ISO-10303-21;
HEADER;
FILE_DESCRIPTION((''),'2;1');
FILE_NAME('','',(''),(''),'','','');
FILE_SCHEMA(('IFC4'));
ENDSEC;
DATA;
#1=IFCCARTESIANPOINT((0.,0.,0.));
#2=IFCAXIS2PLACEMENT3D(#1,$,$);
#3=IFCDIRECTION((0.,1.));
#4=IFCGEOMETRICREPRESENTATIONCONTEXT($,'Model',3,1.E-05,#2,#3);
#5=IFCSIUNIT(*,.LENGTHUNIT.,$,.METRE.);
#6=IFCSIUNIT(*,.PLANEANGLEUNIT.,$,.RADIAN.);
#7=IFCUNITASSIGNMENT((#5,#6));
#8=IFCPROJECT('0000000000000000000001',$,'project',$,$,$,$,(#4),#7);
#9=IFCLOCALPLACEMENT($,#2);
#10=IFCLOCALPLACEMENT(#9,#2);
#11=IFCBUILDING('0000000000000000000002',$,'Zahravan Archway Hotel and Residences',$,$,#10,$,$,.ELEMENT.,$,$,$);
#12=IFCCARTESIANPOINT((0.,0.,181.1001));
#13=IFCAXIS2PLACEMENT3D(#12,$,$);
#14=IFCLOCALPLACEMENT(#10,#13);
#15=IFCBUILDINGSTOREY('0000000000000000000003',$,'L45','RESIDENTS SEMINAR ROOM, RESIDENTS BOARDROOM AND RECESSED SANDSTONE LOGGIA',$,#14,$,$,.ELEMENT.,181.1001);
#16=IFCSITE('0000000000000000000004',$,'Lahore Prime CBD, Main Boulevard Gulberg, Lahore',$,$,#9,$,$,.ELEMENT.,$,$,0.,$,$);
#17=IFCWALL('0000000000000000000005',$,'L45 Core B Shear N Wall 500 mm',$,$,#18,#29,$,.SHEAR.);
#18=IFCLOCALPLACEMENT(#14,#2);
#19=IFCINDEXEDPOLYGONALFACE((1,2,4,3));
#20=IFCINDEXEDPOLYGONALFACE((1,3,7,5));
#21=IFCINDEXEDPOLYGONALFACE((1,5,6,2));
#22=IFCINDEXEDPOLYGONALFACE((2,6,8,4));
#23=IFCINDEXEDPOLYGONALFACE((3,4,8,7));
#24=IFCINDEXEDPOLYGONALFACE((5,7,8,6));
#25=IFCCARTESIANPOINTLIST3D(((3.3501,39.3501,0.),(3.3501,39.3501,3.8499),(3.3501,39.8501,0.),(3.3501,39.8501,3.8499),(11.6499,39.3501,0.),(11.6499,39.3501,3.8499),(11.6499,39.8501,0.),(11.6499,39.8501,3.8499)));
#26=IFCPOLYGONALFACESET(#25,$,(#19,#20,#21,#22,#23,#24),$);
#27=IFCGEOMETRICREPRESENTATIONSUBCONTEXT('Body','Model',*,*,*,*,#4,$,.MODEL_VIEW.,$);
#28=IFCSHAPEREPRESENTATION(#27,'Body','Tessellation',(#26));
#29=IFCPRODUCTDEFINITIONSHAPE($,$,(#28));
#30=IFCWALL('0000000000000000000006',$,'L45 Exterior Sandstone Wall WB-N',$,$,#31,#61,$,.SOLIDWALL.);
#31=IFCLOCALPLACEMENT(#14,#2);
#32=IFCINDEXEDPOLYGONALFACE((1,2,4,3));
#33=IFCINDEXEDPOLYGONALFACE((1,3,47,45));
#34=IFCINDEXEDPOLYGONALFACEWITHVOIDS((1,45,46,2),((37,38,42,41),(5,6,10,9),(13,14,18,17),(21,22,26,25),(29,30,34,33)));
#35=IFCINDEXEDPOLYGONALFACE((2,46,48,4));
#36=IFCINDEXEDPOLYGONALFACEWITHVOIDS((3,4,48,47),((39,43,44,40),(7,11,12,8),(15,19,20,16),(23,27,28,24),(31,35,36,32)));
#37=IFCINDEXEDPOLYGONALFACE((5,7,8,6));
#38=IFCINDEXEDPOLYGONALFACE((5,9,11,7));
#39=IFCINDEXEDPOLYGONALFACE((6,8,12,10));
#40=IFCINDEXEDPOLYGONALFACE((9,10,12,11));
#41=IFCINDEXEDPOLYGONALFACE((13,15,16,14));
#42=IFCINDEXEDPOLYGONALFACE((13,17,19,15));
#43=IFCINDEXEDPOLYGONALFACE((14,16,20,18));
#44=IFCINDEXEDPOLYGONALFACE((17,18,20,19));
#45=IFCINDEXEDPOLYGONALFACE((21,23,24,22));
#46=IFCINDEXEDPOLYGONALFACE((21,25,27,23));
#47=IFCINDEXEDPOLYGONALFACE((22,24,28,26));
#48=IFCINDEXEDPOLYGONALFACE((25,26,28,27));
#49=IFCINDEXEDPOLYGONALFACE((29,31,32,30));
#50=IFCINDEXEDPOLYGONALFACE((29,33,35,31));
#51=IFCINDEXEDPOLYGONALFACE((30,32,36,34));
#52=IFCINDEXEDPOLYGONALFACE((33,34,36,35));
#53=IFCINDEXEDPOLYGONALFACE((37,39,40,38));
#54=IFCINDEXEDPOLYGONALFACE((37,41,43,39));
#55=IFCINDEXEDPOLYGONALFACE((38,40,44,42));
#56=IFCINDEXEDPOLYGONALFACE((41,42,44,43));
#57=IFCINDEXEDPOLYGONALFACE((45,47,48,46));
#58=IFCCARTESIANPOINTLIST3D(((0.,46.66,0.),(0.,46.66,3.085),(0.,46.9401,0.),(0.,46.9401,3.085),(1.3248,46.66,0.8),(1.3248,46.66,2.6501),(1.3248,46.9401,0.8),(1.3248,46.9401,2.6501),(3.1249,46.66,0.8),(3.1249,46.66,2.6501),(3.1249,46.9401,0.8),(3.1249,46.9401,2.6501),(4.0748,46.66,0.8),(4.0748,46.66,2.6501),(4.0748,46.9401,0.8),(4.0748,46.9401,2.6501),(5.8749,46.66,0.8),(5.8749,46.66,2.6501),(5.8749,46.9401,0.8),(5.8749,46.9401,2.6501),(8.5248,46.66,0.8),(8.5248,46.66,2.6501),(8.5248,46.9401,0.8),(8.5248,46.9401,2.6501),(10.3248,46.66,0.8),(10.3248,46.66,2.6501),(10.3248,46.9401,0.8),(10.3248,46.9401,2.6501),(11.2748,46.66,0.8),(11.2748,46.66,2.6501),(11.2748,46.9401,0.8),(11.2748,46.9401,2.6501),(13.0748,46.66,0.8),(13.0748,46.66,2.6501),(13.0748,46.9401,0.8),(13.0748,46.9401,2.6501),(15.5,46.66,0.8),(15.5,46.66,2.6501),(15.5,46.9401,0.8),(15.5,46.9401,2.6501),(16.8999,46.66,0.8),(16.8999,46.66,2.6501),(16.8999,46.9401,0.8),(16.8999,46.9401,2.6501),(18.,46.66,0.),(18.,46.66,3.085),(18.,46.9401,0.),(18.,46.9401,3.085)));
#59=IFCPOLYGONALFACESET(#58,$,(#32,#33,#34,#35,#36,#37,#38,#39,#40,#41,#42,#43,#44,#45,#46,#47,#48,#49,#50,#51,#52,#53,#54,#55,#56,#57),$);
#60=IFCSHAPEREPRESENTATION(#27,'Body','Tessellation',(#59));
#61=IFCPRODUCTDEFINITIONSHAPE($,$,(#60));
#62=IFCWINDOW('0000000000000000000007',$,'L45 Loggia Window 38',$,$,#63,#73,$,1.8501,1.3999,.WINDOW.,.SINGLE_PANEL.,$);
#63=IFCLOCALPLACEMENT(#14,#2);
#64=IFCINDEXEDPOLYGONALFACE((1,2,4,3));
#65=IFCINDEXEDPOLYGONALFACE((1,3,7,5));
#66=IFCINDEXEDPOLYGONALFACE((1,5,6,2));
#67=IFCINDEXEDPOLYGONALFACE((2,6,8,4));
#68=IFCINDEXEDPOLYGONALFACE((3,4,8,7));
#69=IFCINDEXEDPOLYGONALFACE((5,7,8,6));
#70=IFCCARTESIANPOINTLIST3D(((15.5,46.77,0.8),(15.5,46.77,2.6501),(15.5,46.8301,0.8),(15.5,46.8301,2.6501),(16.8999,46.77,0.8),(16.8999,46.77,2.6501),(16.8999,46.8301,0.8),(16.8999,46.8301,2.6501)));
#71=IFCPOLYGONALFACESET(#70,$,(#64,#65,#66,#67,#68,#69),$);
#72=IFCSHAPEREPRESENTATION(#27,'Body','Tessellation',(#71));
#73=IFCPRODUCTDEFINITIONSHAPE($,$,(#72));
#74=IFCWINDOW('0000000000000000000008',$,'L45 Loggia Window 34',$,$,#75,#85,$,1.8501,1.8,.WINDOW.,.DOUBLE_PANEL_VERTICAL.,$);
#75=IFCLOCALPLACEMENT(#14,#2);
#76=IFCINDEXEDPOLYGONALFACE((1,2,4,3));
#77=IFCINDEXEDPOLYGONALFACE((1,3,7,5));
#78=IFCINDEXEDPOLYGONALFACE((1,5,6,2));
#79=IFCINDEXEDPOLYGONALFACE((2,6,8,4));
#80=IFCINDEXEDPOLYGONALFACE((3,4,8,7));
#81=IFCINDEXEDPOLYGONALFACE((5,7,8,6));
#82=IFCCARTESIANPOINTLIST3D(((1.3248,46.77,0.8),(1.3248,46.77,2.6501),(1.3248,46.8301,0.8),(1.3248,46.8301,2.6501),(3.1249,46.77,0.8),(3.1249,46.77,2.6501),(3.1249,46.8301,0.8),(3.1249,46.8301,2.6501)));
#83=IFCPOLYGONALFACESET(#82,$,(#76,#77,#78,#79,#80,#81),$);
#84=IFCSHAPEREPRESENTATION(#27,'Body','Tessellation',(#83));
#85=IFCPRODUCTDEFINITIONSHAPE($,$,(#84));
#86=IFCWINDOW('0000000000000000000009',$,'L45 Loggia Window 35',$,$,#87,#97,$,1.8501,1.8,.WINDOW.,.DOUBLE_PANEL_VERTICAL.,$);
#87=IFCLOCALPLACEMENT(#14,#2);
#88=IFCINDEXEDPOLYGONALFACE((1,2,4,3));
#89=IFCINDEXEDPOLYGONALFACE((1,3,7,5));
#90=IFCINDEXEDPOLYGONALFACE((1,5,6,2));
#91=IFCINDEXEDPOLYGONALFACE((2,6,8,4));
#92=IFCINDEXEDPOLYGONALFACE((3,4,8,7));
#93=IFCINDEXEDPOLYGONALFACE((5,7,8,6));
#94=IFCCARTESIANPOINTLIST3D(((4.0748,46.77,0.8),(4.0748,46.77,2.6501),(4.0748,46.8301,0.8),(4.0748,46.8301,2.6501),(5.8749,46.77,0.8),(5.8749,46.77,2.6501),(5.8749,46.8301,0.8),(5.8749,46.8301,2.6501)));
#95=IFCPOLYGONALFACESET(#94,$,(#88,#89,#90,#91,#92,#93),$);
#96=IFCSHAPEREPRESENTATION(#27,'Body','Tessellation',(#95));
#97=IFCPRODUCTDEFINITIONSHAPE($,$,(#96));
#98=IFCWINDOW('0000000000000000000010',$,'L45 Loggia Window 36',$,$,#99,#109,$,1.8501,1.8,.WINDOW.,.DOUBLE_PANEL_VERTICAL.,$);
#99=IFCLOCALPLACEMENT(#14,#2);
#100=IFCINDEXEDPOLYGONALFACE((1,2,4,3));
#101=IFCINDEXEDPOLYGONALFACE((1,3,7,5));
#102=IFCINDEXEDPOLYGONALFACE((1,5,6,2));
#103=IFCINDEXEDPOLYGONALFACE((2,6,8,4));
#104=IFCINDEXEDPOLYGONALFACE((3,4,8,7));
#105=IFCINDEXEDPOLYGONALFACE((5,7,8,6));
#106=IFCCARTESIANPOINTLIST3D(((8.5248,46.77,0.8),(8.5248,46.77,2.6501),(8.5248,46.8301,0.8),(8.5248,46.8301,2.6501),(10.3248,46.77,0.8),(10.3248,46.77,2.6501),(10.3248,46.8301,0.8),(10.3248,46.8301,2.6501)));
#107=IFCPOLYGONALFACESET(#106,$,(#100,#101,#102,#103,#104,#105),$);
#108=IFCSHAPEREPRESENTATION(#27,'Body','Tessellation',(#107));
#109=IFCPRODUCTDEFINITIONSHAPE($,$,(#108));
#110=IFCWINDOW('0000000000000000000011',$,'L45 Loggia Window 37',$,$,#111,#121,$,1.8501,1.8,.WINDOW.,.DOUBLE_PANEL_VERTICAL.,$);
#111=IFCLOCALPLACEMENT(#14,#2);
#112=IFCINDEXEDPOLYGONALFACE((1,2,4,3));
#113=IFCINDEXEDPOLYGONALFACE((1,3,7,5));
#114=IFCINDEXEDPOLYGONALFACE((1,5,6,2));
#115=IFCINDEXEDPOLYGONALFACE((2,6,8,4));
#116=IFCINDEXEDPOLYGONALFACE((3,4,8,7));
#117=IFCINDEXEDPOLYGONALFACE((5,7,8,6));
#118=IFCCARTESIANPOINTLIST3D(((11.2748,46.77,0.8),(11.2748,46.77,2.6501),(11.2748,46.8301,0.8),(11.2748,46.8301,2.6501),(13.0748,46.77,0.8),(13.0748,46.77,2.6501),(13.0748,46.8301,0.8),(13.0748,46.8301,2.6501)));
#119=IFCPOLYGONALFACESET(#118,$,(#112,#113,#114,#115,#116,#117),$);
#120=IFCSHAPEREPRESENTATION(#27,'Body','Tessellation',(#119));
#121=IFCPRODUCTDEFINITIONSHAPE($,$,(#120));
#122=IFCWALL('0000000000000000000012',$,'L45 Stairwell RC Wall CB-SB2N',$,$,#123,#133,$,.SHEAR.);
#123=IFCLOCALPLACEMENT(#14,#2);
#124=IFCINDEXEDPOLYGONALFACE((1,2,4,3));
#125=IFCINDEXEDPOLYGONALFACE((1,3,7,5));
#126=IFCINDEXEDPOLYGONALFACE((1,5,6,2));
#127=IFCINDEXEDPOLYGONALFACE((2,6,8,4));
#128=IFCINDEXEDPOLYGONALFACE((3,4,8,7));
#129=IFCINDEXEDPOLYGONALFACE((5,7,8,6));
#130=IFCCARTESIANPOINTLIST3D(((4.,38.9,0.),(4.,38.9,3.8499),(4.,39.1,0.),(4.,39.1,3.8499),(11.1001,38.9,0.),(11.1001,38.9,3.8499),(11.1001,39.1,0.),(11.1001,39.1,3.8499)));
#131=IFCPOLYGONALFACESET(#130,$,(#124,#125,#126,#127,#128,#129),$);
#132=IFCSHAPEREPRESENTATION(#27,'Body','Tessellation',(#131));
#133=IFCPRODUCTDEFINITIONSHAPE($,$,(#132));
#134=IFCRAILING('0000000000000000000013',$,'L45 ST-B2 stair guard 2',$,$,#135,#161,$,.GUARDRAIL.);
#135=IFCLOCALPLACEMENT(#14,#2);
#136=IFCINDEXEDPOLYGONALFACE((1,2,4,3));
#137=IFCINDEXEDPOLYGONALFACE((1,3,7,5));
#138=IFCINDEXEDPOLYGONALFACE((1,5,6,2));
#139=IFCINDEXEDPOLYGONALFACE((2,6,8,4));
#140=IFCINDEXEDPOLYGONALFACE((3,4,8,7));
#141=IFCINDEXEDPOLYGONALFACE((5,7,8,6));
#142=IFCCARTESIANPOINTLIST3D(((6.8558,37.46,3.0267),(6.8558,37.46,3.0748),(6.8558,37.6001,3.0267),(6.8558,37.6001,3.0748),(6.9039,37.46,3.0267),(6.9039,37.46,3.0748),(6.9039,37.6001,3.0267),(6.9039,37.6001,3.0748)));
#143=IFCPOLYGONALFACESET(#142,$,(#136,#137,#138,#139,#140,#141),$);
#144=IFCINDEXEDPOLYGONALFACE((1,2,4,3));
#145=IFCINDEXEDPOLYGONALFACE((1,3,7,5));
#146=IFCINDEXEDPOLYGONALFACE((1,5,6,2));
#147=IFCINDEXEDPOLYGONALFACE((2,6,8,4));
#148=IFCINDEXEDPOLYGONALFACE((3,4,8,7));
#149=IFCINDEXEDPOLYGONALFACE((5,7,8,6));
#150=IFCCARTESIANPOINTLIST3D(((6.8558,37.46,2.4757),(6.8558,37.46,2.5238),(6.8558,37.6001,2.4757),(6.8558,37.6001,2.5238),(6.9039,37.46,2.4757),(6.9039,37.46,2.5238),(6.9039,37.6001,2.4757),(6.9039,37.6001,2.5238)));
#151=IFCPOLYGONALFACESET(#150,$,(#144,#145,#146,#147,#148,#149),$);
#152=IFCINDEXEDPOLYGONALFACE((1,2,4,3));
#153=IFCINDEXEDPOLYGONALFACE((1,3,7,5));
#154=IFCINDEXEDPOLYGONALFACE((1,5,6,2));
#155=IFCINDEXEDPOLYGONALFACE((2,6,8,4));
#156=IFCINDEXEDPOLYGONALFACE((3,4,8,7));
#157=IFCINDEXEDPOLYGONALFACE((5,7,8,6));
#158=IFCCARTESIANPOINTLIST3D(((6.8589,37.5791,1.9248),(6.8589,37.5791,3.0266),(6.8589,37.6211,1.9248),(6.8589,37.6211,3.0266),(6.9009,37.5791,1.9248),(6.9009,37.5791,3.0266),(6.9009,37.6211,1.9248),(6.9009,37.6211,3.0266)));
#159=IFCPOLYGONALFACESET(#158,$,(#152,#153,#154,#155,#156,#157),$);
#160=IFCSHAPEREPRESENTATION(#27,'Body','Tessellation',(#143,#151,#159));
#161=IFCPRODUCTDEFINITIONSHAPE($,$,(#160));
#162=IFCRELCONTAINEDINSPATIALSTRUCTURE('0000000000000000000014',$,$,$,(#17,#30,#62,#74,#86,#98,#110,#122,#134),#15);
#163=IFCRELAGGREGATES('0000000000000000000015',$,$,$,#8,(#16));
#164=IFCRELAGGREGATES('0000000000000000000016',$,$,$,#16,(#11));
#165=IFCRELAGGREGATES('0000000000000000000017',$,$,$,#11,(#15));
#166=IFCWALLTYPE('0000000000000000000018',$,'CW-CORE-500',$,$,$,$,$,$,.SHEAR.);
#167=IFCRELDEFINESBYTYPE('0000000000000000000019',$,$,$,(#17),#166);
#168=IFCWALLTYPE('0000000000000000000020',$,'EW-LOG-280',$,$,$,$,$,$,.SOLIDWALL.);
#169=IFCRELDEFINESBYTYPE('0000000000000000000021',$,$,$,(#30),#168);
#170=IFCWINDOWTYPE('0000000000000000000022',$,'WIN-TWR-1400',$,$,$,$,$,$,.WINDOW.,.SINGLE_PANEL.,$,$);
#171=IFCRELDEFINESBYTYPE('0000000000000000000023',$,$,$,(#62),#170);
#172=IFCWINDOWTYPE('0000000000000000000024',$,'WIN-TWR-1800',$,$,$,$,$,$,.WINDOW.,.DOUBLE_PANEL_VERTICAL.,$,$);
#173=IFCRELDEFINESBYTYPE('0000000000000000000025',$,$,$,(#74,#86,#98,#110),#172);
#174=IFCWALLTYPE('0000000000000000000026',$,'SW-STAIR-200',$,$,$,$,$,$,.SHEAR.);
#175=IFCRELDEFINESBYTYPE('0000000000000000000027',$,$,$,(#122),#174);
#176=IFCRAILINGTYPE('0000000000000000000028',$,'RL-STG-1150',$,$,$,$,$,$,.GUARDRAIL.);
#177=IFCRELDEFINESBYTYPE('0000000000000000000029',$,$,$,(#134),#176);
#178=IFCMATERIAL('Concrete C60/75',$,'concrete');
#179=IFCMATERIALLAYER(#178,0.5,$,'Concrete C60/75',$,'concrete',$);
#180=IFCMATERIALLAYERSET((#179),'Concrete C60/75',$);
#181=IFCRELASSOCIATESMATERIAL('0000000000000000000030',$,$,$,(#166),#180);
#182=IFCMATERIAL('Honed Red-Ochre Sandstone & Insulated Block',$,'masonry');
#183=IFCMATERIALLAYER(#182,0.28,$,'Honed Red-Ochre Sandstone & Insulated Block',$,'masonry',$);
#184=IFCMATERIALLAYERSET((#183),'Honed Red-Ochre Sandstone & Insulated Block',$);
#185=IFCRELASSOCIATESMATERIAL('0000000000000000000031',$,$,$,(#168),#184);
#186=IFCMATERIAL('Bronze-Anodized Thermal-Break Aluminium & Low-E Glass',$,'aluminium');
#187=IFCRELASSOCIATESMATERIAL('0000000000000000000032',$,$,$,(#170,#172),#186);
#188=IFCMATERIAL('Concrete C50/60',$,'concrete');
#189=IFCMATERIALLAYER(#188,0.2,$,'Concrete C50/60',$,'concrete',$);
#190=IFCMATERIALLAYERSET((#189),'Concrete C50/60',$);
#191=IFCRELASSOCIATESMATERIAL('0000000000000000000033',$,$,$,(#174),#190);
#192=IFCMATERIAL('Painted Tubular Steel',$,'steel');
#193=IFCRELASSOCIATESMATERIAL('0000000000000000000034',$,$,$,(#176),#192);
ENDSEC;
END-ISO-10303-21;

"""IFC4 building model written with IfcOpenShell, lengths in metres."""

from ifc_helpers import new_model, si_unit, direction, frame, frame_2d, origin, origin_2d, place, context, subcontext, project, spatial, rectangle, extrude, source, transform, mapped, material, layer, layer_set, type_object, type_shapes, element, fill, save


model = new_model("IFC4")

# Units and contexts
model_context = context("Model", 3, precision=1e-05, world=origin(), true_north=direction((0.0, 1.0)))
body_context = subcontext(model_context, "Body", "Model", "MODEL_VIEW")
ifc_project = project(units=[si_unit("LENGTHUNIT", "METRE"), si_unit("PLANEANGLEUNIT", "RADIAN")], contexts=[model_context])

# Site, building, storey
site_placement = place(None, origin())
site = spatial("IfcSite", under=ifc_project, at=site_placement, Name="Lahore Prime CBD, Main Boulevard Gulberg, Lahore", CompositionType="ELEMENT", RefElevation=0.0)
building_placement = place(site_placement, origin())
building = spatial("IfcBuilding", under=site, at=building_placement, Name="Zahravan Archway Hotel and Residences", CompositionType="ELEMENT")
storey_placement = place(building_placement, frame((0.0, 0.0, 181.1001)))
storey = spatial("IfcBuildingStorey", under=building, at=storey_placement, Name="L45", Description="RESIDENTS SEMINAR ROOM, RESIDENTS BOARDROOM AND RECESSED SANDSTONE LOGGIA", CompositionType="ELEMENT", Elevation=181.1001)

# Shared definitions
ifc_material_1 = material(Name="Concrete C60/75", Category="concrete")

# Wall
ifc_layer_1 = layer(ifc_material_1, 0.5, Name="Concrete C60/75", Category="concrete")
ifc_layer_set_1 = layer_set([ifc_layer_1], Name="Concrete C60/75")
wall_type_1 = type_object("IfcWallType", Name="CW-CORE-500", PredefinedType="SHEAR", material=ifc_layer_set_1)
wall_1_placement = place(storey_placement, frame((3.3501, 39.6001, 0.0), z_axis=(0.0, 0.0, 1.0), x_axis=(1.0, 0.0, 0.0)))
element("IfcWall", 1, at=wall_1_placement, inside=storey, type_object=wall_type_1, Name="L45 Core B Shear N Wall 500 mm", PredefinedType="SHEAR", context=body_context, shape_type="SweptSolid", body=[
    extrude(rectangle(XDim=8.2998, YDim=0.5, at=frame_2d((4.1499, 0.0))), origin(), (0.0, 0.0, 1.0), 3.8499),
])

# Wall, openings, windows
ifc_material_2 = material(Name="Honed Red-Ochre Sandstone & Insulated Block", Category="masonry")
ifc_layer_2 = layer(ifc_material_2, 0.28, Name="Honed Red-Ochre Sandstone & Insulated Block", Category="masonry")
ifc_layer_set_2 = layer_set([ifc_layer_2], Name="Honed Red-Ochre Sandstone & Insulated Block")
wall_type_2 = type_object("IfcWallType", Name="EW-LOG-280", PredefinedType="SOLIDWALL", material=ifc_layer_set_2)
wall_2_placement = place(storey_placement, frame((0.0, 46.8, 0.0), z_axis=(0.0, 0.0, 1.0), x_axis=(1.0, 0.0, 0.0)))
wall_2 = element("IfcWall", 2, at=wall_2_placement, inside=storey, type_object=wall_type_2, Name="L45 Exterior Sandstone Wall WB-N", PredefinedType="SOLIDWALL", context=body_context, shape_type="SweptSolid", body=[
    extrude(rectangle(XDim=18.0, YDim=0.28, at=frame_2d((9.0, 0.0))), origin(), (0.0, 0.0, 1.0), 3.085),
])
opening_1_placement = place(wall_2_placement, frame((1.325, 0.0, 0.8)))
opening_1 = element("IfcOpeningElement", 3, at=opening_1_placement, cuts=wall_2, PredefinedType="OPENING", context=body_context, shape_type="SweptSolid", body=[
    extrude(rectangle(XDim=1.8, YDim=1.8501, at=frame_2d((0.8999, 0.925))), frame((0.0, 0.1499, 0.0), z_axis=(0.0, -1.0, 0.0), x_axis=(1.0, 0.0, 0.0)), (0.0, 0.0, 1.0), 0.3),
])
opening_2_placement = place(wall_2_placement, frame((4.075, 0.0, 0.8)))
opening_2 = element("IfcOpeningElement", 4, at=opening_2_placement, cuts=wall_2, PredefinedType="OPENING", context=body_context, shape_type="SweptSolid", body=[
    extrude(rectangle(XDim=1.8, YDim=1.8501, at=frame_2d((0.8999, 0.925))), frame((0.0, 0.1499, 0.0), z_axis=(0.0, -1.0, 0.0), x_axis=(1.0, 0.0, 0.0)), (0.0, 0.0, 1.0), 0.3),
])
opening_3_placement = place(wall_2_placement, frame((8.5249, 0.0, 0.8)))
opening_3 = element("IfcOpeningElement", 5, at=opening_3_placement, cuts=wall_2, PredefinedType="OPENING", context=body_context, shape_type="SweptSolid", body=[
    extrude(rectangle(XDim=1.8, YDim=1.8501, at=frame_2d((0.8999, 0.925))), frame((0.0, 0.1499, 0.0), z_axis=(0.0, -1.0, 0.0), x_axis=(1.0, 0.0, 0.0)), (0.0, 0.0, 1.0), 0.3),
])
opening_4_placement = place(wall_2_placement, frame((11.2749, 0.0, 0.8)))
opening_4 = element("IfcOpeningElement", 6, at=opening_4_placement, cuts=wall_2, PredefinedType="OPENING", context=body_context, shape_type="SweptSolid", body=[
    extrude(rectangle(XDim=1.8, YDim=1.8501, at=frame_2d((0.8999, 0.925))), frame((0.0, 0.1499, 0.0), z_axis=(0.0, -1.0, 0.0), x_axis=(1.0, 0.0, 0.0)), (0.0, 0.0, 1.0), 0.3),
])
opening_5_placement = place(wall_2_placement, frame((15.5, 0.0, 0.8)))
opening_5 = element("IfcOpeningElement", 7, at=opening_5_placement, cuts=wall_2, PredefinedType="OPENING", context=body_context, shape_type="SweptSolid", body=[
    extrude(rectangle(XDim=1.3999, YDim=1.8501, at=frame_2d((0.7, 0.925))), frame((0.0, 0.1499, 0.0), z_axis=(0.0, -1.0, 0.0), x_axis=(1.0, 0.0, 0.0)), (0.0, 0.0, 1.0), 0.3),
])
ifc_material_3 = material(Name="Bronze-Anodized Thermal-Break Aluminium & Low-E Glass", Category="aluminium")
window_type_1 = type_object("IfcWindowType", Name="WIN-TWR-1400", PartitioningType="SINGLE_PANEL", PredefinedType="WINDOW", material=ifc_material_3)
shared_shape_1 = source(origin(), body_context, "Body", "SweptSolid", [
    extrude(rectangle(XDim=1.3999, YDim=1.8501, at=frame_2d((0.7, 0.925))), frame((0.0, 0.03, 0.0), z_axis=(0.0, -1.0, 0.0), x_axis=(1.0, 0.0, 0.0)), (0.0, 0.0, 1.0), 0.0601),
])
type_shapes(window_type_1, [shared_shape_1])
window_1_placement = place(opening_5_placement, origin())
window_1 = element("IfcWindow", 8, at=window_1_placement, inside=storey, type_object=window_type_1, Name="L45 Loggia Window 38", OverallHeight=1.8501, OverallWidth=1.3999, PartitioningType="SINGLE_PANEL", PredefinedType="WINDOW", context=body_context, shape_type="MappedRepresentation", body=[
    mapped(shared_shape_1, transform((0.0, 0.0, 0.0), scale=1.0)),
])
fill(opening_5, window_1)
window_type_2 = type_object("IfcWindowType", Name="WIN-TWR-1800", PartitioningType="DOUBLE_PANEL_VERTICAL", PredefinedType="WINDOW", material=ifc_material_3)
shared_shape_2 = source(origin(), body_context, "Body", "SweptSolid", [
    extrude(rectangle(XDim=1.8, YDim=1.8501, at=frame_2d((0.8999, 0.925))), frame((0.0, 0.03, 0.0), z_axis=(0.0, -1.0, 0.0), x_axis=(1.0, 0.0, 0.0)), (0.0, 0.0, 1.0), 0.0601),
])
type_shapes(window_type_2, [shared_shape_2])
window_2_placement = place(opening_1_placement, origin())
window_2 = element("IfcWindow", 9, at=window_2_placement, inside=storey, type_object=window_type_2, Name="L45 Loggia Window 34", OverallHeight=1.8501, OverallWidth=1.8, PartitioningType="DOUBLE_PANEL_VERTICAL", PredefinedType="WINDOW", context=body_context, shape_type="MappedRepresentation", body=[
    mapped(shared_shape_2, transform((0.0, 0.0, 0.0), scale=1.0)),
])
fill(opening_1, window_2)
window_3_placement = place(opening_2_placement, origin())
window_3 = element("IfcWindow", 10, at=window_3_placement, inside=storey, type_object=window_type_2, Name="L45 Loggia Window 35", OverallHeight=1.8501, OverallWidth=1.8, PartitioningType="DOUBLE_PANEL_VERTICAL", PredefinedType="WINDOW", context=body_context, shape_type="MappedRepresentation", body=[
    mapped(shared_shape_2, transform((0.0, 0.0, 0.0), scale=1.0)),
])
fill(opening_2, window_3)
window_4_placement = place(opening_3_placement, origin())
window_4 = element("IfcWindow", 11, at=window_4_placement, inside=storey, type_object=window_type_2, Name="L45 Loggia Window 36", OverallHeight=1.8501, OverallWidth=1.8, PartitioningType="DOUBLE_PANEL_VERTICAL", PredefinedType="WINDOW", context=body_context, shape_type="MappedRepresentation", body=[
    mapped(shared_shape_2, transform((0.0, 0.0, 0.0), scale=1.0)),
])
fill(opening_3, window_4)
window_5_placement = place(opening_4_placement, origin())
window_5 = element("IfcWindow", 12, at=window_5_placement, inside=storey, type_object=window_type_2, Name="L45 Loggia Window 37", OverallHeight=1.8501, OverallWidth=1.8, PartitioningType="DOUBLE_PANEL_VERTICAL", PredefinedType="WINDOW", context=body_context, shape_type="MappedRepresentation", body=[
    mapped(shared_shape_2, transform((0.0, 0.0, 0.0), scale=1.0)),
])
fill(opening_4, window_5)

# Wall
ifc_material_4 = material(Name="Concrete C50/60", Category="concrete")
ifc_layer_3 = layer(ifc_material_4, 0.2, Name="Concrete C50/60", Category="concrete")
ifc_layer_set_3 = layer_set([ifc_layer_3], Name="Concrete C50/60")
wall_type_3 = type_object("IfcWallType", Name="SW-STAIR-200", PredefinedType="SHEAR", material=ifc_layer_set_3)
wall_3_placement = place(storey_placement, frame((4.0, 39.0, 0.0), z_axis=(0.0, 0.0, 1.0), x_axis=(1.0, 0.0, 0.0)))
element("IfcWall", 13, at=wall_3_placement, inside=storey, type_object=wall_type_3, Name="L45 Stairwell RC Wall CB-SB2N", PredefinedType="SHEAR", context=body_context, shape_type="SweptSolid", body=[
    extrude(rectangle(XDim=7.1001, YDim=0.2, at=frame_2d((3.55, 0.0))), origin(), (0.0, 0.0, 1.0), 3.8499),
])

# Railing
ifc_material_5 = material(Name="Painted Tubular Steel", Category="steel")
railing_type_1 = type_object("IfcRailingType", Name="RL-STG-1150", PredefinedType="GUARDRAIL", material=ifc_material_5)
railing_1_placement = place(storey_placement, frame((6.8799, 37.6001, 1.9248)))
element("IfcRailing", 14, at=railing_1_placement, inside=storey, type_object=railing_type_1, Name="L45 ST-B2 stair guard 2", PredefinedType="GUARDRAIL", context=body_context, shape_type="SweptSolid", body=[
    extrude(rectangle(XDim=0.0481, YDim=0.0481, at=origin_2d()), frame((0.0, 0.0, 1.126), z_axis=(0.0, -1.0, 0.0), x_axis=(1.0, 0.0, 0.0)), (0.0, 0.0, 1.0), 0.1401),
    extrude(rectangle(XDim=0.0481, YDim=0.0481, at=origin_2d()), frame((0.0, 0.0, 0.575), z_axis=(0.0, -1.0, 0.0), x_axis=(1.0, 0.0, 0.0)), (0.0, 0.0, 1.0), 0.1401),
    extrude(rectangle(XDim=0.042, YDim=0.042, at=origin_2d()), origin(), (0.0, 0.0, 1.0), 1.1018),
])

save(model, "model.ifc")
